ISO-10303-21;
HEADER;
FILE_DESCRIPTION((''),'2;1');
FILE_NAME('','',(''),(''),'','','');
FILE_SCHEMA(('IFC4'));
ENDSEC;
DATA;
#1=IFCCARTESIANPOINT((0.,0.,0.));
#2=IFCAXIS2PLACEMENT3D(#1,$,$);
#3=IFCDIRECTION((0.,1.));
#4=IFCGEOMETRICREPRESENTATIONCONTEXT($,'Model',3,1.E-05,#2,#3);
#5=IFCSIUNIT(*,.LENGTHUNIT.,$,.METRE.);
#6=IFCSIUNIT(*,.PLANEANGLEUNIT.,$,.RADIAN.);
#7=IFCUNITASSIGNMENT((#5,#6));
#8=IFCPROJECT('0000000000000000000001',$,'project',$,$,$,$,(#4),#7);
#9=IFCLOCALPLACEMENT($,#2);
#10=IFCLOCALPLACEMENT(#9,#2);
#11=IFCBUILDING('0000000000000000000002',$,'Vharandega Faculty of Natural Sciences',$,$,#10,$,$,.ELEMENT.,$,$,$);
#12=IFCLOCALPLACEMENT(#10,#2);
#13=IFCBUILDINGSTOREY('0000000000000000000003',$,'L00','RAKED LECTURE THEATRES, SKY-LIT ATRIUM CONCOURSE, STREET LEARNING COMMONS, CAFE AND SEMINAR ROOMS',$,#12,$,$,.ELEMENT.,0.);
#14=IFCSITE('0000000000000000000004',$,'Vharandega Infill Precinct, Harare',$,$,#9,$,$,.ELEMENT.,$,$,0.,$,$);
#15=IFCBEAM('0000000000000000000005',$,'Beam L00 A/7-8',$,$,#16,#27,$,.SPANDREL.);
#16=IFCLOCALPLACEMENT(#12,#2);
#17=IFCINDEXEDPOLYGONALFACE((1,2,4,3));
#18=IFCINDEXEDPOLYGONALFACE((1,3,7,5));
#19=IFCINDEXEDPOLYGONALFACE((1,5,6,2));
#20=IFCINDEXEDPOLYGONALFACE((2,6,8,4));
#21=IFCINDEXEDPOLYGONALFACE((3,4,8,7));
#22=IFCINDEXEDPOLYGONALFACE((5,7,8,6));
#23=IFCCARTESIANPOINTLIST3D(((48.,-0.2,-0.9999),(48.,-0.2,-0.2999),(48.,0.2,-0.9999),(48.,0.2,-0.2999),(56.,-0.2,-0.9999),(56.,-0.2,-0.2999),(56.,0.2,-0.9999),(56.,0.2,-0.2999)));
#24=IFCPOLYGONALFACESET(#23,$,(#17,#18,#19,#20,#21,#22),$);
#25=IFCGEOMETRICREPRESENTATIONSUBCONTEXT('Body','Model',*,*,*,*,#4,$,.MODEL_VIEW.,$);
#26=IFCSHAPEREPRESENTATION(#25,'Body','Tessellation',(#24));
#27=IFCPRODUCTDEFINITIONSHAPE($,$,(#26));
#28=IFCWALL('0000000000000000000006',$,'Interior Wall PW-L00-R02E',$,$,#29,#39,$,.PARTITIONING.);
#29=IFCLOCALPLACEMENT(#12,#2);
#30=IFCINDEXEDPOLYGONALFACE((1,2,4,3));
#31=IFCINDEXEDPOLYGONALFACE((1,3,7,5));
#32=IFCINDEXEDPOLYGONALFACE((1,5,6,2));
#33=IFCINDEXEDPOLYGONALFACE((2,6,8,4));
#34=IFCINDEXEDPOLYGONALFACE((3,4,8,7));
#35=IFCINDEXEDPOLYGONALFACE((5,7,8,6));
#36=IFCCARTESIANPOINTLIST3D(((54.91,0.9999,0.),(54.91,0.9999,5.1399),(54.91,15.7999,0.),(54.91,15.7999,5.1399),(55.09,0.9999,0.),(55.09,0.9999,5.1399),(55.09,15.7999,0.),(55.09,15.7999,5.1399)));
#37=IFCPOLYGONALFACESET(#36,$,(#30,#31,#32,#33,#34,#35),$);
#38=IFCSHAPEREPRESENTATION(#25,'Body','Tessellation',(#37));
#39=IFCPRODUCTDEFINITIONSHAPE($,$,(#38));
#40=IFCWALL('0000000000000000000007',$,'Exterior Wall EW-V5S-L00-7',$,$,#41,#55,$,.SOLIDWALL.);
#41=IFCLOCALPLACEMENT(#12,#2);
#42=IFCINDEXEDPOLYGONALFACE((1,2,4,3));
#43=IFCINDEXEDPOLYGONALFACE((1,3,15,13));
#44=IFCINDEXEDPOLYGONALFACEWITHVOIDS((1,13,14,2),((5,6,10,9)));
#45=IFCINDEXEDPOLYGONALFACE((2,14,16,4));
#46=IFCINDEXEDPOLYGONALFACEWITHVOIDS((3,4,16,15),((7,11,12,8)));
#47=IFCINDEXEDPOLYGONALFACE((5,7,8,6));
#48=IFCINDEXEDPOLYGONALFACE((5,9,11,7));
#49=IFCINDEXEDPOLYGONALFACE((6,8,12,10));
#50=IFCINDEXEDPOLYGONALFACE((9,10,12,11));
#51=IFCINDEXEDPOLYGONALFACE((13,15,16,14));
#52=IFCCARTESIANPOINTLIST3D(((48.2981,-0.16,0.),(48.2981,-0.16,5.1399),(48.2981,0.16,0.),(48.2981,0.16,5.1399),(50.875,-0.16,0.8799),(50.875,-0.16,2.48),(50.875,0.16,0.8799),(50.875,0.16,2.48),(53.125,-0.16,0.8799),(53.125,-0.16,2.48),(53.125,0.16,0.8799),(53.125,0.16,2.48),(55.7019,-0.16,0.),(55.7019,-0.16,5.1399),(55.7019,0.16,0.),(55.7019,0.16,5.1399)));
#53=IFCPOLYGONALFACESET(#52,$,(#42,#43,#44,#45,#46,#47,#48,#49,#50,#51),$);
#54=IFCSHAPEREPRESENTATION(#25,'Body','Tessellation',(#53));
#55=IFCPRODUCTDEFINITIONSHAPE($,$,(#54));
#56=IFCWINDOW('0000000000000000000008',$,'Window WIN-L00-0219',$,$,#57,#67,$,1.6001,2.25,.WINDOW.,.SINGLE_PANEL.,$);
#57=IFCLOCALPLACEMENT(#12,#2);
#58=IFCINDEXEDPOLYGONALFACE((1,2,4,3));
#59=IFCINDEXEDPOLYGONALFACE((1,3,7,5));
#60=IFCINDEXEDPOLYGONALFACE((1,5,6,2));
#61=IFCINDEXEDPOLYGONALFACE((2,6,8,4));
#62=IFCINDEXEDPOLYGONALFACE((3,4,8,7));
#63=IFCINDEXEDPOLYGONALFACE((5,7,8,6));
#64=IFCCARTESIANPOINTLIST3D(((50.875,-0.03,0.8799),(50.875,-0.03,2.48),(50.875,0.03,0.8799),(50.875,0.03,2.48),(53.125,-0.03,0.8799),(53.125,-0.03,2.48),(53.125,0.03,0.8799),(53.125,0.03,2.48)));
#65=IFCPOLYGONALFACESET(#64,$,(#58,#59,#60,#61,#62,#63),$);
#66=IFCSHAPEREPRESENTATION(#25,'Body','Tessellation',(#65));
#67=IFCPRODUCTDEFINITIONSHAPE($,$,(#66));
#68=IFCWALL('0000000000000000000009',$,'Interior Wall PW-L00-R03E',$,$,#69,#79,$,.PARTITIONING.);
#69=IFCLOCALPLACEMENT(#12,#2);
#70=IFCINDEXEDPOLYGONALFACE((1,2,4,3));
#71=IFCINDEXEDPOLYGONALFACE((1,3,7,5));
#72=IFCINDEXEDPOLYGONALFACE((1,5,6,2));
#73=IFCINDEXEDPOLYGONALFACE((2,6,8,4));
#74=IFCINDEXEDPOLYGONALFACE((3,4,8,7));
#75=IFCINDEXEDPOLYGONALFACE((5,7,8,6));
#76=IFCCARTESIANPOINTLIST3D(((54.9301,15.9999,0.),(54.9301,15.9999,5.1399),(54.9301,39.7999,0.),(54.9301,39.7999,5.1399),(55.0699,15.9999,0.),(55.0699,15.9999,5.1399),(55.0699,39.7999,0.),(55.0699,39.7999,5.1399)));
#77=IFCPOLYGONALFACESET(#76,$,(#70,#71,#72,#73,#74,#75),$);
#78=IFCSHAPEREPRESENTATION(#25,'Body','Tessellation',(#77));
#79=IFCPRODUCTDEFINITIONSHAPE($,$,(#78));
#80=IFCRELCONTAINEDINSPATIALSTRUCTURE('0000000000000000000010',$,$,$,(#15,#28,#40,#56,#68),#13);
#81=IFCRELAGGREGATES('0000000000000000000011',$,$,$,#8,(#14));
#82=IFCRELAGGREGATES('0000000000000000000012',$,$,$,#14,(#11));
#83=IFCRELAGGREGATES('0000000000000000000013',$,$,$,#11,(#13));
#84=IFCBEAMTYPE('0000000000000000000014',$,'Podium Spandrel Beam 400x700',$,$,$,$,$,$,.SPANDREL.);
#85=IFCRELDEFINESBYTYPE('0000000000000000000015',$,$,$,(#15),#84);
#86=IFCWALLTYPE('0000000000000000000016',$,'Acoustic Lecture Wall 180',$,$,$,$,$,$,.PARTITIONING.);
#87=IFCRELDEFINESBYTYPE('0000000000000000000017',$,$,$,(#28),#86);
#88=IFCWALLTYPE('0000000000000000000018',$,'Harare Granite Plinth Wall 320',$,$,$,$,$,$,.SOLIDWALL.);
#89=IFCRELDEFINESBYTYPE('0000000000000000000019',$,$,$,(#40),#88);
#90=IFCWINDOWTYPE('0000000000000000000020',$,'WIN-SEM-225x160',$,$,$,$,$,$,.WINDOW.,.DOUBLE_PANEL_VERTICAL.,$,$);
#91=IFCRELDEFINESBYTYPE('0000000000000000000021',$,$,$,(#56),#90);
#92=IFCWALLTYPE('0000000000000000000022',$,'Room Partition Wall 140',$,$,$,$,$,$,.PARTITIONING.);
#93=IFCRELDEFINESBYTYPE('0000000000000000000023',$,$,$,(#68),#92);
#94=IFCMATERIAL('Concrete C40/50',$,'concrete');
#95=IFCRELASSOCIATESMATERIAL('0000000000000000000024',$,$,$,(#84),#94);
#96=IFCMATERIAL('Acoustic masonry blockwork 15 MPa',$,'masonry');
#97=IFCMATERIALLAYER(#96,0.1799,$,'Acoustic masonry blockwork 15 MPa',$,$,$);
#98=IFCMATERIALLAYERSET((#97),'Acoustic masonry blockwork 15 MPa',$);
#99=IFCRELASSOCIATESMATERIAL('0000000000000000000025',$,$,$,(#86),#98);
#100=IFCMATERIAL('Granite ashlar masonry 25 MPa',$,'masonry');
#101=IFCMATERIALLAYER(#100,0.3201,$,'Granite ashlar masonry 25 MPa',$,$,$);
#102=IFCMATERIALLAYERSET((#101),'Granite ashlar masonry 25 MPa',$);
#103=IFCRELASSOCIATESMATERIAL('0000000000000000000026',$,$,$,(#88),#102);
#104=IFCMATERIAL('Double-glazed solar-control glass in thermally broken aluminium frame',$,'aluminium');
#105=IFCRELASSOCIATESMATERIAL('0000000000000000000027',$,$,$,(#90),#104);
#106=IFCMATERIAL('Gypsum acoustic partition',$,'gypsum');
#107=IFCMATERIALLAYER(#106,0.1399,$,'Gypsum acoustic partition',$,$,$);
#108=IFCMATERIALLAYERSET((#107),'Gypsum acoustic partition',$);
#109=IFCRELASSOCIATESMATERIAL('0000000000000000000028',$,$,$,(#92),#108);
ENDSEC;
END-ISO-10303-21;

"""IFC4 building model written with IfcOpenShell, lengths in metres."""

from ifc_helpers import new_model, si_unit, direction, frame, frame_2d, origin, origin_2d, place, context, subcontext, project, spatial, rectangle, extrude, material, layer, layer_set, material_profile, profile_set, type_object, element, fill, save


model = new_model("IFC4")

# Units and contexts
model_context = context("Model", 3, precision=1e-05, world=origin(), true_north=direction((0.0, 1.0)))
body_context = subcontext(model_context, "Body", "Model", "MODEL_VIEW")
ifc_project = project(units=[si_unit("LENGTHUNIT", "METRE"), si_unit("PLANEANGLEUNIT", "RADIAN")], contexts=[model_context])

# Site, building, storey
site_placement = place(None, origin())
site = spatial("IfcSite", under=ifc_project, at=site_placement, Name="Vharandega Infill Precinct, Harare", CompositionType="ELEMENT", RefElevation=0.0)
building_placement = place(site_placement, origin())
building = spatial("IfcBuilding", under=site, at=building_placement, Name="Vharandega Faculty of Natural Sciences", CompositionType="ELEMENT")
storey_placement = place(building_placement, origin())
storey = spatial("IfcBuildingStorey", under=building, at=storey_placement, Name="L00", Description="RAKED LECTURE THEATRES, SKY-LIT ATRIUM CONCOURSE, STREET LEARNING COMMONS, CAFE AND SEMINAR ROOMS", CompositionType="ELEMENT", Elevation=0.0)

# Beam
ifc_material_1 = material(Name="Concrete C40/50", Category="concrete")
ifc_material_profile_1 = material_profile(ifc_material_1, rectangle(XDim=0.3999, YDim=0.7, at=origin_2d()), Name="RC 400x700")
ifc_profile_set_1 = profile_set([ifc_material_profile_1], Name="Concrete C40/50")
beam_type_1 = type_object("IfcBeamType", Name="Podium Spandrel Beam 400x700", PredefinedType="SPANDREL", material=ifc_profile_set_1)
beam_1_placement = place(storey_placement, frame((48.0, 0.0, -0.6499), z_axis=(1.0, 0.0, 0.0), x_axis=(0.0, 1.0, 0.0)))
element("IfcBeam", 1, at=beam_1_placement, inside=storey, type_object=beam_type_1, Name="Beam L00 A/7-8", PredefinedType="SPANDREL", context=body_context, shape_type="SweptSolid", body=[
    extrude(rectangle(XDim=0.3999, YDim=0.7, at=origin_2d()), origin(), (0.0, 0.0, 1.0), 8.0),
])

# Wall
ifc_material_2 = material(Name="Acoustic masonry blockwork 15 MPa", Category="masonry")
ifc_layer_1 = layer(ifc_material_2, 0.1799, Name="Acoustic masonry blockwork 15 MPa")
ifc_layer_set_1 = layer_set([ifc_layer_1], Name="Acoustic masonry blockwork 15 MPa")
wall_type_1 = type_object("IfcWallType", Name="Acoustic Lecture Wall 180", PredefinedType="PARTITIONING", material=ifc_layer_set_1)
wall_1_placement = place(storey_placement, frame((55.0, 1.0, 0.0), z_axis=(0.0, 0.0, 1.0), x_axis=(0.0, 1.0, 0.0)))
element("IfcWall", 2, at=wall_1_placement, inside=storey, type_object=wall_type_1, Name="Interior Wall PW-L00-R02E", PredefinedType="PARTITIONING", context=body_context, shape_type="SweptSolid", body=[
    extrude(rectangle(XDim=14.8, YDim=0.1799, at=frame_2d((7.3999, 0.0))), origin(), (0.0, 0.0, 1.0), 5.1399),
])

# Wall, opening, window
ifc_material_3 = material(Name="Granite ashlar masonry 25 MPa", Category="masonry")
ifc_layer_2 = layer(ifc_material_3, 0.3201, Name="Granite ashlar masonry 25 MPa")
ifc_layer_set_2 = layer_set([ifc_layer_2], Name="Granite ashlar masonry 25 MPa")
wall_type_2 = type_object("IfcWallType", Name="Harare Granite Plinth Wall 320", PredefinedType="SOLIDWALL", material=ifc_layer_set_2)
wall_2_placement = place(storey_placement, frame((55.7019, 0.0, 0.0), z_axis=(0.0, 0.0, 1.0), x_axis=(-1.0, 0.0, 0.0)))
wall_2 = element("IfcWall", 3, at=wall_2_placement, inside=storey, type_object=wall_type_2, Name="Exterior Wall EW-V5S-L00-7", PredefinedType="SOLIDWALL", context=body_context, shape_type="SweptSolid", body=[
    extrude(rectangle(XDim=7.4038, YDim=0.3201, at=frame_2d((3.7019, 0.0))), origin(), (0.0, 0.0, 1.0), 5.1399),
])
opening_placement = place(wall_2_placement, frame((2.5769, 0.0, 0.8799)))
opening = element("IfcOpeningElement", 4, at=opening_placement, cuts=wall_2, PredefinedType="OPENING", context=body_context, shape_type="SweptSolid", body=[
    extrude(rectangle(XDim=2.25, YDim=1.6001, at=frame_2d((1.125, 0.8))), frame((0.0, 0.1699, 0.0), z_axis=(0.0, -1.0, 0.0), x_axis=(1.0, 0.0, 0.0)), (0.0, 0.0, 1.0), 0.3401),
])
ifc_material_4 = material(Name="Double-glazed solar-control glass in thermally broken aluminium frame", Category="aluminium")
window_type = type_object("IfcWindowType", Name="WIN-SEM-225x160", PartitioningType="DOUBLE_PANEL_VERTICAL", PredefinedType="WINDOW", material=ifc_material_4)
window_placement = place(opening_placement, origin())
window = element("IfcWindow", 5, at=window_placement, inside=storey, type_object=window_type, Name="Window WIN-L00-0219", OverallHeight=1.6001, OverallWidth=2.25, PartitioningType="SINGLE_PANEL", PredefinedType="WINDOW", context=body_context, shape_type="SweptSolid", body=[
    extrude(rectangle(XDim=2.25, YDim=1.6001, at=frame_2d((1.125, 0.8))), frame((0.0, 0.03, 0.0), z_axis=(0.0, -1.0, 0.0), x_axis=(1.0, 0.0, 0.0)), (0.0, 0.0, 1.0), 0.0601),
])
fill(opening, window)

# Wall
ifc_material_5 = material(Name="Gypsum acoustic partition", Category="gypsum")
ifc_layer_3 = layer(ifc_material_5, 0.1399, Name="Gypsum acoustic partition")
ifc_layer_set_3 = layer_set([ifc_layer_3], Name="Gypsum acoustic partition")
wall_type_3 = type_object("IfcWallType", Name="Room Partition Wall 140", PredefinedType="PARTITIONING", material=ifc_layer_set_3)
wall_3_placement = place(storey_placement, frame((55.0, 16.0, 0.0), z_axis=(0.0, 0.0, 1.0), x_axis=(0.0, 1.0, 0.0)))
element("IfcWall", 6, at=wall_3_placement, inside=storey, type_object=wall_type_3, Name="Interior Wall PW-L00-R03E", PredefinedType="PARTITIONING", context=body_context, shape_type="SweptSolid", body=[
    extrude(rectangle(XDim=23.8, YDim=0.1399, at=frame_2d((11.8999, 0.0))), origin(), (0.0, 0.0, 1.0), 5.1399),
])

save(model, "model.ifc")
